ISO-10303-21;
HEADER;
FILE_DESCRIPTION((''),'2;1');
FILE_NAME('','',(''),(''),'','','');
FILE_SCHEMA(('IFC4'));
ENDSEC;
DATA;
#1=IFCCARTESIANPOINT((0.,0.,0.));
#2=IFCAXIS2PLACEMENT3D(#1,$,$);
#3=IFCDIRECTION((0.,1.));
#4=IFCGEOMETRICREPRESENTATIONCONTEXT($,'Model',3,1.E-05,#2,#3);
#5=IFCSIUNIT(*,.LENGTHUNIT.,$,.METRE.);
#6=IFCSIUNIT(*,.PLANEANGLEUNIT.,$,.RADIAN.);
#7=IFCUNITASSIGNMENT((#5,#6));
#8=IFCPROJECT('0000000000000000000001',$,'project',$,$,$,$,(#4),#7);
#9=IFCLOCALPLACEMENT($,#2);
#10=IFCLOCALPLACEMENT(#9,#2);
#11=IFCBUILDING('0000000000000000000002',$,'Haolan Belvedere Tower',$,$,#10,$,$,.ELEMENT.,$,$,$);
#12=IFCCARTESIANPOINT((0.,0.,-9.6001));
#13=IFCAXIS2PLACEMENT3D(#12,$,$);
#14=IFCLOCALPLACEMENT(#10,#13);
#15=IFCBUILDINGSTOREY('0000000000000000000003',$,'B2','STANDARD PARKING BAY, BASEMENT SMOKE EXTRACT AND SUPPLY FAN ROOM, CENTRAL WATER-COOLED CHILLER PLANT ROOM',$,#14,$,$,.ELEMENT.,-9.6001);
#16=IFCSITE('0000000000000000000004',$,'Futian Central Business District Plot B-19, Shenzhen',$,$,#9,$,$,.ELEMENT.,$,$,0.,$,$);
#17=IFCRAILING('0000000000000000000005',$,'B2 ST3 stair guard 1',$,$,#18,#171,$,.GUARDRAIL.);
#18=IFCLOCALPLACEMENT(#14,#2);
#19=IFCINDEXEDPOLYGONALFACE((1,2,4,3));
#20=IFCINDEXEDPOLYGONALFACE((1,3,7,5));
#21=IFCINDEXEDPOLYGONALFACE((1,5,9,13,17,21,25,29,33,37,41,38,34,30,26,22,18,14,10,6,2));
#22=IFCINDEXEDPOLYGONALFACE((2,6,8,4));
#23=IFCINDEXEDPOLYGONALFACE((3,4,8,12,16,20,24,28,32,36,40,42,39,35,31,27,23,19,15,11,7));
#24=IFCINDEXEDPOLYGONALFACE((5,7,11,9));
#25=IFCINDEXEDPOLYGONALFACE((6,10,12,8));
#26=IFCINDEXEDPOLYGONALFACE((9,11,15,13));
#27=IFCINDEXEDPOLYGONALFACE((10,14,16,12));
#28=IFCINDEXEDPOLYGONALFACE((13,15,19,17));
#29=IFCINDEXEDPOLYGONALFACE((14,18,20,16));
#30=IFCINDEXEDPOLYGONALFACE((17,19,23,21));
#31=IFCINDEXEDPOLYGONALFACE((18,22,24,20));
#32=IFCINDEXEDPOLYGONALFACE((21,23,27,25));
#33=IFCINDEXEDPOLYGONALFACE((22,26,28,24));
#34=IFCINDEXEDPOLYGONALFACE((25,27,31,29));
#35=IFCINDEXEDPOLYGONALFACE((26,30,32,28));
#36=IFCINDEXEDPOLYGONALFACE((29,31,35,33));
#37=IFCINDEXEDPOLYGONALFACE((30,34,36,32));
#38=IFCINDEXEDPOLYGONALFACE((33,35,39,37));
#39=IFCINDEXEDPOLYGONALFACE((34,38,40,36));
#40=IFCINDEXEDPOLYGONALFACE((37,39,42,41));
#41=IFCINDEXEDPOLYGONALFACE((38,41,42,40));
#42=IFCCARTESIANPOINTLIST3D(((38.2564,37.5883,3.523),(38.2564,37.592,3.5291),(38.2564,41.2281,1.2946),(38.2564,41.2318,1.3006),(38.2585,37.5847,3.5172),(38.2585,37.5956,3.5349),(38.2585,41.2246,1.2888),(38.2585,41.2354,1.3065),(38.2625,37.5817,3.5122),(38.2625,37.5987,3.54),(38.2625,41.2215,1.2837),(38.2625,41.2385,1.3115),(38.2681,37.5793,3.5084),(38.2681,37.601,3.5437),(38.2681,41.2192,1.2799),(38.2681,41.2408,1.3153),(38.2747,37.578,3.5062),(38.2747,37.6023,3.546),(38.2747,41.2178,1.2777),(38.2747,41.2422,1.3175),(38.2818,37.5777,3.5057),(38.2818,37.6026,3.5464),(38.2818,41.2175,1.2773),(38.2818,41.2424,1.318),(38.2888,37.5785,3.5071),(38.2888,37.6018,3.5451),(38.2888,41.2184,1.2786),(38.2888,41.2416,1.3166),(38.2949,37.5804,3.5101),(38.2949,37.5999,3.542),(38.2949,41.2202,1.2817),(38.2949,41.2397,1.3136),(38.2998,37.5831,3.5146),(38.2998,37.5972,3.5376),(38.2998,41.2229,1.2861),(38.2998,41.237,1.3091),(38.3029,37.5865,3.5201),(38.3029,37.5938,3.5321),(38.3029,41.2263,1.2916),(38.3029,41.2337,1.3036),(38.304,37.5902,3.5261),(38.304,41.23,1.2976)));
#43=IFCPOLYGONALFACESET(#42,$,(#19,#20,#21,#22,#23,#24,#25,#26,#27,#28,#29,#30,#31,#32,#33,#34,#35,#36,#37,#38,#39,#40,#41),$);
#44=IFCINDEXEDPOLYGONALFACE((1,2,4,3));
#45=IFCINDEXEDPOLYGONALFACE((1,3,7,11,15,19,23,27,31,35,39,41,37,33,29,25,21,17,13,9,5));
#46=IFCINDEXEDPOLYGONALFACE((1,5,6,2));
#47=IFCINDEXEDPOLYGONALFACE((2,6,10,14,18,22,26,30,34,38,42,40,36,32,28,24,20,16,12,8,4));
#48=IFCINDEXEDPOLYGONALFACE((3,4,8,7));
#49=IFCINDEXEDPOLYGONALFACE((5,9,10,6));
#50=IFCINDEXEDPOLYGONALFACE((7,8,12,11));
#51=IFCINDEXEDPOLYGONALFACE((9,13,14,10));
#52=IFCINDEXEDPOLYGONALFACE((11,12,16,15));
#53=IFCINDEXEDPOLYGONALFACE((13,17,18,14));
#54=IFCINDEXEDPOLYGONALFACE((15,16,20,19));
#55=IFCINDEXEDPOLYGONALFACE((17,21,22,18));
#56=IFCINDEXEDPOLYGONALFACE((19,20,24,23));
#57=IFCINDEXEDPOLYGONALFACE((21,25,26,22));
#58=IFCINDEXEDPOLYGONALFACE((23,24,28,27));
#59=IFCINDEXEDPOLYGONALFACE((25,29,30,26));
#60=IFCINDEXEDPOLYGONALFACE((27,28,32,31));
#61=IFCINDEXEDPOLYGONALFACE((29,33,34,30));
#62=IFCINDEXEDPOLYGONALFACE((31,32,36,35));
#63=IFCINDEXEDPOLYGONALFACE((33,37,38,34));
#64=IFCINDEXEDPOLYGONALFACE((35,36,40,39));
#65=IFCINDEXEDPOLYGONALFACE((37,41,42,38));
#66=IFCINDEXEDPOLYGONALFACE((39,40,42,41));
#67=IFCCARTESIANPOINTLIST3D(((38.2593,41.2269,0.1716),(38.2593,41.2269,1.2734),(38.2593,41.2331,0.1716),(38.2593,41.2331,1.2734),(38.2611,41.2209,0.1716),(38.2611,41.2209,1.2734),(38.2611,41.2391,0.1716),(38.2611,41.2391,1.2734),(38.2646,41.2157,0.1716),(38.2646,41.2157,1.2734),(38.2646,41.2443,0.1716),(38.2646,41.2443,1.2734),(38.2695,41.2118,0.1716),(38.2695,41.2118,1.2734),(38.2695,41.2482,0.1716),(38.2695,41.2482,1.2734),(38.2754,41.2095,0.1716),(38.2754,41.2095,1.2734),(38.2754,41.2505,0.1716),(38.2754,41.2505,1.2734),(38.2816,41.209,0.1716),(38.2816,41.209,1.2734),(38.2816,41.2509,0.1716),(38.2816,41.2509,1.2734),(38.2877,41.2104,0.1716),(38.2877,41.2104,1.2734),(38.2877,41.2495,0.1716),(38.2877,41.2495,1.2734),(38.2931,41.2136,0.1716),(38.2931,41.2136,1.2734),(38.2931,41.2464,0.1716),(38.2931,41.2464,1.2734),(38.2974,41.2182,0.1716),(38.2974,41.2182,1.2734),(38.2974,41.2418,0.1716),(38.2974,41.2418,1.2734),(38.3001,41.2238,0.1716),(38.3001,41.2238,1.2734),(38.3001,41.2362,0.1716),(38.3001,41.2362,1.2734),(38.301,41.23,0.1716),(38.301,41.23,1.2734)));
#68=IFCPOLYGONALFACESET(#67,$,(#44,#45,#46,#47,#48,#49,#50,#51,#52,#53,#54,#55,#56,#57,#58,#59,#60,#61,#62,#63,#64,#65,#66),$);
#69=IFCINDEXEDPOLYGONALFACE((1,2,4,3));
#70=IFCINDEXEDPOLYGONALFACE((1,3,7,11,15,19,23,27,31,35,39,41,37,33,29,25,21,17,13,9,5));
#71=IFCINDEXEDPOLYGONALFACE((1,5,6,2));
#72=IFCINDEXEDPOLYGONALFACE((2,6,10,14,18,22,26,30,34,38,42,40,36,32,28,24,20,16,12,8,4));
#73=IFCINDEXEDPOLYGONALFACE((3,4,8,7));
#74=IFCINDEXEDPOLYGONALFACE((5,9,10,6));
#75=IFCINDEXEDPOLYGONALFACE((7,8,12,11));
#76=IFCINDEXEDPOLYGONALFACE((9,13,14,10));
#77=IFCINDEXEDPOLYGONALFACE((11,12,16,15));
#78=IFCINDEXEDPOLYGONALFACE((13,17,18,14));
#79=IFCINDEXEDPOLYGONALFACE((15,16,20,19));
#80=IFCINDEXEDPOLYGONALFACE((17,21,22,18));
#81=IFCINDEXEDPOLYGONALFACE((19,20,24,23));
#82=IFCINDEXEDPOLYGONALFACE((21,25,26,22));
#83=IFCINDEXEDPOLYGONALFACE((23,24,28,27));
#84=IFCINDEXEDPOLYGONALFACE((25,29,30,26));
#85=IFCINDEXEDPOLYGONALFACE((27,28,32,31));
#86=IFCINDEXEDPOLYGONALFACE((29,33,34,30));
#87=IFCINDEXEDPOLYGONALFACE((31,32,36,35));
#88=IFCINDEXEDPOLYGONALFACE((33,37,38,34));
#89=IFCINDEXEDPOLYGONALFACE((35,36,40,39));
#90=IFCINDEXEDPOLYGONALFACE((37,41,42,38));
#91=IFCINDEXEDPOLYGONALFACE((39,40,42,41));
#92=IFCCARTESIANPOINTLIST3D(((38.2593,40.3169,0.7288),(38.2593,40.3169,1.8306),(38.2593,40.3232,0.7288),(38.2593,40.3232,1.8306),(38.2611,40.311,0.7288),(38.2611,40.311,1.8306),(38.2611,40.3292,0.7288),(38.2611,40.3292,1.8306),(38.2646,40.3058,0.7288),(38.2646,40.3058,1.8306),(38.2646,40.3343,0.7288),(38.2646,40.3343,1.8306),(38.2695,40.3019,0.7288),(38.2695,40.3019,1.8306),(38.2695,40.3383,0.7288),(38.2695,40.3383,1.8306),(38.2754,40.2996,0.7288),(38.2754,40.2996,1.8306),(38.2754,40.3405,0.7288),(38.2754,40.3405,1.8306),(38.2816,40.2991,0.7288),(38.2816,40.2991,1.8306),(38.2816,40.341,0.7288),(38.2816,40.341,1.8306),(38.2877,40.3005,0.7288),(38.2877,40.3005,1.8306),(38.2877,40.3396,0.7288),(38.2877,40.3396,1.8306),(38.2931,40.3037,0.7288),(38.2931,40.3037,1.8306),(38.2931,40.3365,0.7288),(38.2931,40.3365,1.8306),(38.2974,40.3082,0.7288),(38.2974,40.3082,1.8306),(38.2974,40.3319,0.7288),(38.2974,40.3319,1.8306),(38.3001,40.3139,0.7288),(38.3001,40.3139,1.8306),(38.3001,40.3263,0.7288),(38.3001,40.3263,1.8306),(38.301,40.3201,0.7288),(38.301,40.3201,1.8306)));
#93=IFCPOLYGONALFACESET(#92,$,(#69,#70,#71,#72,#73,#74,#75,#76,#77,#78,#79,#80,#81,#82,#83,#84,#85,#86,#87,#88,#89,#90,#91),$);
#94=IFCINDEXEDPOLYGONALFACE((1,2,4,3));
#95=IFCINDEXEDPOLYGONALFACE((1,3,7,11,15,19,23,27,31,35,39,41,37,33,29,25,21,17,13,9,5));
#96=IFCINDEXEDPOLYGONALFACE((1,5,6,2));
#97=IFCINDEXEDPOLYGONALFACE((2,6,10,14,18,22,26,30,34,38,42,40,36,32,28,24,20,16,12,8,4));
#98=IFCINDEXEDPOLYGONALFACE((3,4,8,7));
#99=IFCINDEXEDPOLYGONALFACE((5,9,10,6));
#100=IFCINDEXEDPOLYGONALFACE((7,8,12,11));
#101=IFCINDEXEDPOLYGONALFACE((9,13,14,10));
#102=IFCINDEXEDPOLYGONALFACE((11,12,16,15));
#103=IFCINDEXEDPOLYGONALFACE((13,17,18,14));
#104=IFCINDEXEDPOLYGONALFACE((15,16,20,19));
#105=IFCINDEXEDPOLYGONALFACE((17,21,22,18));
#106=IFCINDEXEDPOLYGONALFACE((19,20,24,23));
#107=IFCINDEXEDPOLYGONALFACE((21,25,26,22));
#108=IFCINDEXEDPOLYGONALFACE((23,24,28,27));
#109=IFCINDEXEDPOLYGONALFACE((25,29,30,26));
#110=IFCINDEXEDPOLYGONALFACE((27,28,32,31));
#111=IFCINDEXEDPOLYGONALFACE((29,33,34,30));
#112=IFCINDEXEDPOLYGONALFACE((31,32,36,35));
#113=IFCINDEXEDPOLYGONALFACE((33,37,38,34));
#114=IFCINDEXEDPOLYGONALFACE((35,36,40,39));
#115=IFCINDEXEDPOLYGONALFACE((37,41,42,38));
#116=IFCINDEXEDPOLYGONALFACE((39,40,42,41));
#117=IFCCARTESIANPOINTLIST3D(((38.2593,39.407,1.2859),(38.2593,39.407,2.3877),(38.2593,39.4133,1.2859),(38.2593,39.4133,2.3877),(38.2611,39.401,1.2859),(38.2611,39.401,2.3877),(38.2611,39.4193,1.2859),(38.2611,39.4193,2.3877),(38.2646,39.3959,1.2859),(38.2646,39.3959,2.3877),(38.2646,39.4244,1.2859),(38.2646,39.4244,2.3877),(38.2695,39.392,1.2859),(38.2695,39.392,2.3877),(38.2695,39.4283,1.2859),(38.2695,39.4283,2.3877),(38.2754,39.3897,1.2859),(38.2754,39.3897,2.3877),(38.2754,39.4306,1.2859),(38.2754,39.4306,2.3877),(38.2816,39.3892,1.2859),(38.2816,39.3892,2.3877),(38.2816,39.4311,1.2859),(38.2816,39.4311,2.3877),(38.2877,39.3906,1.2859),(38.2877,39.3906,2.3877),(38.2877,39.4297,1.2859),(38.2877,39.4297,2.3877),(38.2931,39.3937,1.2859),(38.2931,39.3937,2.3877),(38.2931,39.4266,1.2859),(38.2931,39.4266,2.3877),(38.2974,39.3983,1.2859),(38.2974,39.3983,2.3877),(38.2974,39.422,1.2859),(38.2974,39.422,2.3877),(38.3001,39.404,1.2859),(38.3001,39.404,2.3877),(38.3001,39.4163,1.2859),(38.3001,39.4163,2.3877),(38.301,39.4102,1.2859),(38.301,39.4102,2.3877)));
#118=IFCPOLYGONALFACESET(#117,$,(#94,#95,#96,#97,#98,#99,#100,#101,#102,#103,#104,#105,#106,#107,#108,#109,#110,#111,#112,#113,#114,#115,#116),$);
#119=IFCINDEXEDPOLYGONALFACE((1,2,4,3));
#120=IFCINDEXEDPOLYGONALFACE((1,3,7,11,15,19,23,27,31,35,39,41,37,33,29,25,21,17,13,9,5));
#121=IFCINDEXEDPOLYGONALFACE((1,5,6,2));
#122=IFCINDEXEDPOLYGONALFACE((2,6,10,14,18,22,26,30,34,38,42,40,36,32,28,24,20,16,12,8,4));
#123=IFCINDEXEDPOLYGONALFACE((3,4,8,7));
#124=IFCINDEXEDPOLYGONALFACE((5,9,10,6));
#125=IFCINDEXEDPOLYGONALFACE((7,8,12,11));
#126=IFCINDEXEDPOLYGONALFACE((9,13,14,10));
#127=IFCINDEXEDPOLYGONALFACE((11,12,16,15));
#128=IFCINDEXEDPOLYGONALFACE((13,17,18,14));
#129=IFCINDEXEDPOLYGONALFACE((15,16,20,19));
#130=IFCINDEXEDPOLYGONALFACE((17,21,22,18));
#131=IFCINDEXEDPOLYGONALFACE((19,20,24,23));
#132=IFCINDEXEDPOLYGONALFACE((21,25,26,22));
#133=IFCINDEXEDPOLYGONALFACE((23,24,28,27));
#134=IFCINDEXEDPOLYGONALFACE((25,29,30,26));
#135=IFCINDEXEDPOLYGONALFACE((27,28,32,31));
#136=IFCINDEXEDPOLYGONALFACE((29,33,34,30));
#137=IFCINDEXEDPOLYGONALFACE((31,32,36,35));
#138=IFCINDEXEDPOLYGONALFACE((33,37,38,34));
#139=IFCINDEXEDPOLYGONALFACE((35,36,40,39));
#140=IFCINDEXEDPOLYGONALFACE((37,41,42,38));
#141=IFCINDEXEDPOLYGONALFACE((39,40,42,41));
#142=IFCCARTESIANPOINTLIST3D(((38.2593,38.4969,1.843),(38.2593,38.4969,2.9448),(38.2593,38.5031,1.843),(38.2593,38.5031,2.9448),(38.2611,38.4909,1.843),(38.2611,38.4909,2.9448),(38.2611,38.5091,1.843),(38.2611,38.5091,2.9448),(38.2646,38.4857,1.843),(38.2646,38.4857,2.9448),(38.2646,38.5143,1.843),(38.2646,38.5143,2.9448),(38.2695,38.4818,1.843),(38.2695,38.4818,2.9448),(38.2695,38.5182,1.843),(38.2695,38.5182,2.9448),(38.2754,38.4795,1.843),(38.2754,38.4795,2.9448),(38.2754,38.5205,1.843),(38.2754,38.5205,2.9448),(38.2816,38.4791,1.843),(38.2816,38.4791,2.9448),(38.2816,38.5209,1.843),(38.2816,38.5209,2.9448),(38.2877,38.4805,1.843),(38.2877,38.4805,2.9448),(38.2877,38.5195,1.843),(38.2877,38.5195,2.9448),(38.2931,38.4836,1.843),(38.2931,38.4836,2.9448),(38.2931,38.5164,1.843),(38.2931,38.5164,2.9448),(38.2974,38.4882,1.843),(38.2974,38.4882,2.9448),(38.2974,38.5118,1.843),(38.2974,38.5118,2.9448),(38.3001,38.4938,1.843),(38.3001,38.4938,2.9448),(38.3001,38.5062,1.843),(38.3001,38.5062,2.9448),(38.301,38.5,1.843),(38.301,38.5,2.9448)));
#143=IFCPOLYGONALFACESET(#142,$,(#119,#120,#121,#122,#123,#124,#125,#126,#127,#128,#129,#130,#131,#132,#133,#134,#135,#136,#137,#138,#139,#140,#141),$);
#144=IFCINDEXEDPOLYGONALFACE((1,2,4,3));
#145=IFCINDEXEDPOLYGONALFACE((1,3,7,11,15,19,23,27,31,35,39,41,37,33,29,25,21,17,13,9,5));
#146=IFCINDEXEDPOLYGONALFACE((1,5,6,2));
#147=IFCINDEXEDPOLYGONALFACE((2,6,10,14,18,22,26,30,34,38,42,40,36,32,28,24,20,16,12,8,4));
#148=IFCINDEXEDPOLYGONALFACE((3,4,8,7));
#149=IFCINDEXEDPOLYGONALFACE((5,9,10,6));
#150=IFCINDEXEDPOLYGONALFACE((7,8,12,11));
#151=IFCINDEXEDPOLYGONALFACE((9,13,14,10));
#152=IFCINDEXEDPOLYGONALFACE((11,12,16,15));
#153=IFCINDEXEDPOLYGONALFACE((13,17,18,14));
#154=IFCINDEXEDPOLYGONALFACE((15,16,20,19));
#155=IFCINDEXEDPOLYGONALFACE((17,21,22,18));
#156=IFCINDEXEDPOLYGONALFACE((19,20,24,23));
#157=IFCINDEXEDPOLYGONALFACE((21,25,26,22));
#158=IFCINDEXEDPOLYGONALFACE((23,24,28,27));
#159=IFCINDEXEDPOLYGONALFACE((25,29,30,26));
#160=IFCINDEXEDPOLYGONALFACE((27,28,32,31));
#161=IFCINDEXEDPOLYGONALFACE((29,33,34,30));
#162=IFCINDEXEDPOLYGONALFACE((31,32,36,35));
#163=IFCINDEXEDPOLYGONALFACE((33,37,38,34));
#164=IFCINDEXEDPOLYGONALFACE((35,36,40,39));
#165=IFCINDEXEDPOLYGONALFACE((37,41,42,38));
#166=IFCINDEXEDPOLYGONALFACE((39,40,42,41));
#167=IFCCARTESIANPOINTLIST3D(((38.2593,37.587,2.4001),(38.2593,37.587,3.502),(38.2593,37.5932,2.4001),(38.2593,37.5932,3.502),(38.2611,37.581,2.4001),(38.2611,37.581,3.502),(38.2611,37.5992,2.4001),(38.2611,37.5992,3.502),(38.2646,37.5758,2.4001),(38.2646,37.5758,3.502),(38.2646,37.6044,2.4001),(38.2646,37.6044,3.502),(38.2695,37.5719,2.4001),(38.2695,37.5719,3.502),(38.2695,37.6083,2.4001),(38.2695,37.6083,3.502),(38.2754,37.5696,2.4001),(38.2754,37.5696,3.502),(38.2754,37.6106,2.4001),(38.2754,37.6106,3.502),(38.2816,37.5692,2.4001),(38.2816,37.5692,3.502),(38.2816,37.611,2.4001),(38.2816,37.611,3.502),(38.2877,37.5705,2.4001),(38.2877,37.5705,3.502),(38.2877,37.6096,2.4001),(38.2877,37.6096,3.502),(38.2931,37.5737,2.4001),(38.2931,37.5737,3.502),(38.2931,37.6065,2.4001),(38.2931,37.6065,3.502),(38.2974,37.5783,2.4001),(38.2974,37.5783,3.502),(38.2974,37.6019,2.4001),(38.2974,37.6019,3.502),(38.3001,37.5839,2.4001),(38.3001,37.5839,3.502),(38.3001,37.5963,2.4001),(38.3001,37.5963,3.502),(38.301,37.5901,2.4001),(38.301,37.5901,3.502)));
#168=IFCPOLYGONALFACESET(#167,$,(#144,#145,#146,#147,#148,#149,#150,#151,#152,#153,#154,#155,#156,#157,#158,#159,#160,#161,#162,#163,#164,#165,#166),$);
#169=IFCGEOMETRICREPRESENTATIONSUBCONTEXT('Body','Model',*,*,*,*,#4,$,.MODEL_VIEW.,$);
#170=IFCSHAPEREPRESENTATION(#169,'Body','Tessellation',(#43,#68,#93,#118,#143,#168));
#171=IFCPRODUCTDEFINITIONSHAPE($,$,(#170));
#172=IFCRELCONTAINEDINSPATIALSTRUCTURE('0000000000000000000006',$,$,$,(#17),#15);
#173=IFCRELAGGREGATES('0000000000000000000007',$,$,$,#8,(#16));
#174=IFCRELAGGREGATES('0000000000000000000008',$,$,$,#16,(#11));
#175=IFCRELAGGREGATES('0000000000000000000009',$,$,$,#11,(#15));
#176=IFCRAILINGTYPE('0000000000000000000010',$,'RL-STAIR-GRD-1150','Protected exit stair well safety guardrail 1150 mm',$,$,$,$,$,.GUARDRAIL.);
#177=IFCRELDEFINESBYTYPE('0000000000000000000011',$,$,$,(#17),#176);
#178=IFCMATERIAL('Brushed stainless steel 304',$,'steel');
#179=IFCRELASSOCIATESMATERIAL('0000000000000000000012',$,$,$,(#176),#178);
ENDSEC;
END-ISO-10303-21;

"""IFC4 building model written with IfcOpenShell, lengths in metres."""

from ifc_helpers import new_model, si_unit, direction, frame, origin, origin_2d, place, context, subcontext, project, spatial, circle, extrude, material, type_object, element, save


model = new_model("IFC4")

# Units and contexts
model_context = context("Model", 3, precision=1e-05, world=origin(), true_north=direction((0.0, 1.0)))
body_context = subcontext(model_context, "Body", "Model", "MODEL_VIEW")
ifc_project = project(units=[si_unit("LENGTHUNIT", "METRE"), si_unit("PLANEANGLEUNIT", "RADIAN")], contexts=[model_context])

# Site, building, storey
site_placement = place(None, origin())
site = spatial("IfcSite", under=ifc_project, at=site_placement, Name="Futian Central Business District Plot B-19, Shenzhen", CompositionType="ELEMENT", RefElevation=0.0)
building_placement = place(site_placement, origin())
building = spatial("IfcBuilding", under=site, at=building_placement, Name="Haolan Belvedere Tower", CompositionType="ELEMENT")
storey_placement = place(building_placement, frame((0.0, 0.0, -9.6001)))
storey = spatial("IfcBuildingStorey", under=building, at=storey_placement, Name="B2", Description="STANDARD PARKING BAY, BASEMENT SMOKE EXTRACT AND SUPPLY FAN ROOM, CENTRAL WATER-COOLED CHILLER PLANT ROOM", CompositionType="ELEMENT", Elevation=-9.6001)

# Railing
ifc_material_1 = material(Name="Brushed stainless steel 304", Category="steel")
railing_type_1 = type_object("IfcRailingType", Name="RL-STAIR-GRD-1150", Description="Protected exit stair well safety guardrail 1150 mm", PredefinedType="GUARDRAIL", material=ifc_material_1)
railing_1_placement = place(storey_placement, frame((38.28, 41.23, 0.1716)))
element("IfcRailing", 1, at=railing_1_placement, inside=storey, type_object=railing_type_1, Name="B2 ST3 stair guard 1", PredefinedType="GUARDRAIL", context=body_context, shape_type="SweptSolid", body=[
    extrude(circle(Radius=0.0239, at=origin_2d()), frame((0.0, 0.0, 1.126), z_axis=(0.0, -0.85285, 0.522156), x_axis=(1.0, 0.0, 0.0)), (0.0, 0.0, 1.0), 4.2678),
    extrude(circle(Radius=0.021, at=origin_2d()), origin(), (0.0, 0.0, 1.0), 1.1018),
    extrude(circle(Radius=0.021, at=origin_2d()), frame((0.0, -0.9099, 0.5571)), (0.0, 0.0, 1.0), 1.1018),
    extrude(circle(Radius=0.021, at=origin_2d()), frame((0.0, -1.8198, 1.1143)), (0.0, 0.0, 1.0), 1.1018),
    extrude(circle(Radius=0.021, at=origin_2d()), frame((0.0, -2.73, 1.6714)), (0.0, 0.0, 1.0), 1.1018),
    extrude(circle(Radius=0.021, at=origin_2d()), frame((0.0, -3.6399, 2.2285)), (0.0, 0.0, 1.0), 1.1018),
])

save(model, "model.ifc")
